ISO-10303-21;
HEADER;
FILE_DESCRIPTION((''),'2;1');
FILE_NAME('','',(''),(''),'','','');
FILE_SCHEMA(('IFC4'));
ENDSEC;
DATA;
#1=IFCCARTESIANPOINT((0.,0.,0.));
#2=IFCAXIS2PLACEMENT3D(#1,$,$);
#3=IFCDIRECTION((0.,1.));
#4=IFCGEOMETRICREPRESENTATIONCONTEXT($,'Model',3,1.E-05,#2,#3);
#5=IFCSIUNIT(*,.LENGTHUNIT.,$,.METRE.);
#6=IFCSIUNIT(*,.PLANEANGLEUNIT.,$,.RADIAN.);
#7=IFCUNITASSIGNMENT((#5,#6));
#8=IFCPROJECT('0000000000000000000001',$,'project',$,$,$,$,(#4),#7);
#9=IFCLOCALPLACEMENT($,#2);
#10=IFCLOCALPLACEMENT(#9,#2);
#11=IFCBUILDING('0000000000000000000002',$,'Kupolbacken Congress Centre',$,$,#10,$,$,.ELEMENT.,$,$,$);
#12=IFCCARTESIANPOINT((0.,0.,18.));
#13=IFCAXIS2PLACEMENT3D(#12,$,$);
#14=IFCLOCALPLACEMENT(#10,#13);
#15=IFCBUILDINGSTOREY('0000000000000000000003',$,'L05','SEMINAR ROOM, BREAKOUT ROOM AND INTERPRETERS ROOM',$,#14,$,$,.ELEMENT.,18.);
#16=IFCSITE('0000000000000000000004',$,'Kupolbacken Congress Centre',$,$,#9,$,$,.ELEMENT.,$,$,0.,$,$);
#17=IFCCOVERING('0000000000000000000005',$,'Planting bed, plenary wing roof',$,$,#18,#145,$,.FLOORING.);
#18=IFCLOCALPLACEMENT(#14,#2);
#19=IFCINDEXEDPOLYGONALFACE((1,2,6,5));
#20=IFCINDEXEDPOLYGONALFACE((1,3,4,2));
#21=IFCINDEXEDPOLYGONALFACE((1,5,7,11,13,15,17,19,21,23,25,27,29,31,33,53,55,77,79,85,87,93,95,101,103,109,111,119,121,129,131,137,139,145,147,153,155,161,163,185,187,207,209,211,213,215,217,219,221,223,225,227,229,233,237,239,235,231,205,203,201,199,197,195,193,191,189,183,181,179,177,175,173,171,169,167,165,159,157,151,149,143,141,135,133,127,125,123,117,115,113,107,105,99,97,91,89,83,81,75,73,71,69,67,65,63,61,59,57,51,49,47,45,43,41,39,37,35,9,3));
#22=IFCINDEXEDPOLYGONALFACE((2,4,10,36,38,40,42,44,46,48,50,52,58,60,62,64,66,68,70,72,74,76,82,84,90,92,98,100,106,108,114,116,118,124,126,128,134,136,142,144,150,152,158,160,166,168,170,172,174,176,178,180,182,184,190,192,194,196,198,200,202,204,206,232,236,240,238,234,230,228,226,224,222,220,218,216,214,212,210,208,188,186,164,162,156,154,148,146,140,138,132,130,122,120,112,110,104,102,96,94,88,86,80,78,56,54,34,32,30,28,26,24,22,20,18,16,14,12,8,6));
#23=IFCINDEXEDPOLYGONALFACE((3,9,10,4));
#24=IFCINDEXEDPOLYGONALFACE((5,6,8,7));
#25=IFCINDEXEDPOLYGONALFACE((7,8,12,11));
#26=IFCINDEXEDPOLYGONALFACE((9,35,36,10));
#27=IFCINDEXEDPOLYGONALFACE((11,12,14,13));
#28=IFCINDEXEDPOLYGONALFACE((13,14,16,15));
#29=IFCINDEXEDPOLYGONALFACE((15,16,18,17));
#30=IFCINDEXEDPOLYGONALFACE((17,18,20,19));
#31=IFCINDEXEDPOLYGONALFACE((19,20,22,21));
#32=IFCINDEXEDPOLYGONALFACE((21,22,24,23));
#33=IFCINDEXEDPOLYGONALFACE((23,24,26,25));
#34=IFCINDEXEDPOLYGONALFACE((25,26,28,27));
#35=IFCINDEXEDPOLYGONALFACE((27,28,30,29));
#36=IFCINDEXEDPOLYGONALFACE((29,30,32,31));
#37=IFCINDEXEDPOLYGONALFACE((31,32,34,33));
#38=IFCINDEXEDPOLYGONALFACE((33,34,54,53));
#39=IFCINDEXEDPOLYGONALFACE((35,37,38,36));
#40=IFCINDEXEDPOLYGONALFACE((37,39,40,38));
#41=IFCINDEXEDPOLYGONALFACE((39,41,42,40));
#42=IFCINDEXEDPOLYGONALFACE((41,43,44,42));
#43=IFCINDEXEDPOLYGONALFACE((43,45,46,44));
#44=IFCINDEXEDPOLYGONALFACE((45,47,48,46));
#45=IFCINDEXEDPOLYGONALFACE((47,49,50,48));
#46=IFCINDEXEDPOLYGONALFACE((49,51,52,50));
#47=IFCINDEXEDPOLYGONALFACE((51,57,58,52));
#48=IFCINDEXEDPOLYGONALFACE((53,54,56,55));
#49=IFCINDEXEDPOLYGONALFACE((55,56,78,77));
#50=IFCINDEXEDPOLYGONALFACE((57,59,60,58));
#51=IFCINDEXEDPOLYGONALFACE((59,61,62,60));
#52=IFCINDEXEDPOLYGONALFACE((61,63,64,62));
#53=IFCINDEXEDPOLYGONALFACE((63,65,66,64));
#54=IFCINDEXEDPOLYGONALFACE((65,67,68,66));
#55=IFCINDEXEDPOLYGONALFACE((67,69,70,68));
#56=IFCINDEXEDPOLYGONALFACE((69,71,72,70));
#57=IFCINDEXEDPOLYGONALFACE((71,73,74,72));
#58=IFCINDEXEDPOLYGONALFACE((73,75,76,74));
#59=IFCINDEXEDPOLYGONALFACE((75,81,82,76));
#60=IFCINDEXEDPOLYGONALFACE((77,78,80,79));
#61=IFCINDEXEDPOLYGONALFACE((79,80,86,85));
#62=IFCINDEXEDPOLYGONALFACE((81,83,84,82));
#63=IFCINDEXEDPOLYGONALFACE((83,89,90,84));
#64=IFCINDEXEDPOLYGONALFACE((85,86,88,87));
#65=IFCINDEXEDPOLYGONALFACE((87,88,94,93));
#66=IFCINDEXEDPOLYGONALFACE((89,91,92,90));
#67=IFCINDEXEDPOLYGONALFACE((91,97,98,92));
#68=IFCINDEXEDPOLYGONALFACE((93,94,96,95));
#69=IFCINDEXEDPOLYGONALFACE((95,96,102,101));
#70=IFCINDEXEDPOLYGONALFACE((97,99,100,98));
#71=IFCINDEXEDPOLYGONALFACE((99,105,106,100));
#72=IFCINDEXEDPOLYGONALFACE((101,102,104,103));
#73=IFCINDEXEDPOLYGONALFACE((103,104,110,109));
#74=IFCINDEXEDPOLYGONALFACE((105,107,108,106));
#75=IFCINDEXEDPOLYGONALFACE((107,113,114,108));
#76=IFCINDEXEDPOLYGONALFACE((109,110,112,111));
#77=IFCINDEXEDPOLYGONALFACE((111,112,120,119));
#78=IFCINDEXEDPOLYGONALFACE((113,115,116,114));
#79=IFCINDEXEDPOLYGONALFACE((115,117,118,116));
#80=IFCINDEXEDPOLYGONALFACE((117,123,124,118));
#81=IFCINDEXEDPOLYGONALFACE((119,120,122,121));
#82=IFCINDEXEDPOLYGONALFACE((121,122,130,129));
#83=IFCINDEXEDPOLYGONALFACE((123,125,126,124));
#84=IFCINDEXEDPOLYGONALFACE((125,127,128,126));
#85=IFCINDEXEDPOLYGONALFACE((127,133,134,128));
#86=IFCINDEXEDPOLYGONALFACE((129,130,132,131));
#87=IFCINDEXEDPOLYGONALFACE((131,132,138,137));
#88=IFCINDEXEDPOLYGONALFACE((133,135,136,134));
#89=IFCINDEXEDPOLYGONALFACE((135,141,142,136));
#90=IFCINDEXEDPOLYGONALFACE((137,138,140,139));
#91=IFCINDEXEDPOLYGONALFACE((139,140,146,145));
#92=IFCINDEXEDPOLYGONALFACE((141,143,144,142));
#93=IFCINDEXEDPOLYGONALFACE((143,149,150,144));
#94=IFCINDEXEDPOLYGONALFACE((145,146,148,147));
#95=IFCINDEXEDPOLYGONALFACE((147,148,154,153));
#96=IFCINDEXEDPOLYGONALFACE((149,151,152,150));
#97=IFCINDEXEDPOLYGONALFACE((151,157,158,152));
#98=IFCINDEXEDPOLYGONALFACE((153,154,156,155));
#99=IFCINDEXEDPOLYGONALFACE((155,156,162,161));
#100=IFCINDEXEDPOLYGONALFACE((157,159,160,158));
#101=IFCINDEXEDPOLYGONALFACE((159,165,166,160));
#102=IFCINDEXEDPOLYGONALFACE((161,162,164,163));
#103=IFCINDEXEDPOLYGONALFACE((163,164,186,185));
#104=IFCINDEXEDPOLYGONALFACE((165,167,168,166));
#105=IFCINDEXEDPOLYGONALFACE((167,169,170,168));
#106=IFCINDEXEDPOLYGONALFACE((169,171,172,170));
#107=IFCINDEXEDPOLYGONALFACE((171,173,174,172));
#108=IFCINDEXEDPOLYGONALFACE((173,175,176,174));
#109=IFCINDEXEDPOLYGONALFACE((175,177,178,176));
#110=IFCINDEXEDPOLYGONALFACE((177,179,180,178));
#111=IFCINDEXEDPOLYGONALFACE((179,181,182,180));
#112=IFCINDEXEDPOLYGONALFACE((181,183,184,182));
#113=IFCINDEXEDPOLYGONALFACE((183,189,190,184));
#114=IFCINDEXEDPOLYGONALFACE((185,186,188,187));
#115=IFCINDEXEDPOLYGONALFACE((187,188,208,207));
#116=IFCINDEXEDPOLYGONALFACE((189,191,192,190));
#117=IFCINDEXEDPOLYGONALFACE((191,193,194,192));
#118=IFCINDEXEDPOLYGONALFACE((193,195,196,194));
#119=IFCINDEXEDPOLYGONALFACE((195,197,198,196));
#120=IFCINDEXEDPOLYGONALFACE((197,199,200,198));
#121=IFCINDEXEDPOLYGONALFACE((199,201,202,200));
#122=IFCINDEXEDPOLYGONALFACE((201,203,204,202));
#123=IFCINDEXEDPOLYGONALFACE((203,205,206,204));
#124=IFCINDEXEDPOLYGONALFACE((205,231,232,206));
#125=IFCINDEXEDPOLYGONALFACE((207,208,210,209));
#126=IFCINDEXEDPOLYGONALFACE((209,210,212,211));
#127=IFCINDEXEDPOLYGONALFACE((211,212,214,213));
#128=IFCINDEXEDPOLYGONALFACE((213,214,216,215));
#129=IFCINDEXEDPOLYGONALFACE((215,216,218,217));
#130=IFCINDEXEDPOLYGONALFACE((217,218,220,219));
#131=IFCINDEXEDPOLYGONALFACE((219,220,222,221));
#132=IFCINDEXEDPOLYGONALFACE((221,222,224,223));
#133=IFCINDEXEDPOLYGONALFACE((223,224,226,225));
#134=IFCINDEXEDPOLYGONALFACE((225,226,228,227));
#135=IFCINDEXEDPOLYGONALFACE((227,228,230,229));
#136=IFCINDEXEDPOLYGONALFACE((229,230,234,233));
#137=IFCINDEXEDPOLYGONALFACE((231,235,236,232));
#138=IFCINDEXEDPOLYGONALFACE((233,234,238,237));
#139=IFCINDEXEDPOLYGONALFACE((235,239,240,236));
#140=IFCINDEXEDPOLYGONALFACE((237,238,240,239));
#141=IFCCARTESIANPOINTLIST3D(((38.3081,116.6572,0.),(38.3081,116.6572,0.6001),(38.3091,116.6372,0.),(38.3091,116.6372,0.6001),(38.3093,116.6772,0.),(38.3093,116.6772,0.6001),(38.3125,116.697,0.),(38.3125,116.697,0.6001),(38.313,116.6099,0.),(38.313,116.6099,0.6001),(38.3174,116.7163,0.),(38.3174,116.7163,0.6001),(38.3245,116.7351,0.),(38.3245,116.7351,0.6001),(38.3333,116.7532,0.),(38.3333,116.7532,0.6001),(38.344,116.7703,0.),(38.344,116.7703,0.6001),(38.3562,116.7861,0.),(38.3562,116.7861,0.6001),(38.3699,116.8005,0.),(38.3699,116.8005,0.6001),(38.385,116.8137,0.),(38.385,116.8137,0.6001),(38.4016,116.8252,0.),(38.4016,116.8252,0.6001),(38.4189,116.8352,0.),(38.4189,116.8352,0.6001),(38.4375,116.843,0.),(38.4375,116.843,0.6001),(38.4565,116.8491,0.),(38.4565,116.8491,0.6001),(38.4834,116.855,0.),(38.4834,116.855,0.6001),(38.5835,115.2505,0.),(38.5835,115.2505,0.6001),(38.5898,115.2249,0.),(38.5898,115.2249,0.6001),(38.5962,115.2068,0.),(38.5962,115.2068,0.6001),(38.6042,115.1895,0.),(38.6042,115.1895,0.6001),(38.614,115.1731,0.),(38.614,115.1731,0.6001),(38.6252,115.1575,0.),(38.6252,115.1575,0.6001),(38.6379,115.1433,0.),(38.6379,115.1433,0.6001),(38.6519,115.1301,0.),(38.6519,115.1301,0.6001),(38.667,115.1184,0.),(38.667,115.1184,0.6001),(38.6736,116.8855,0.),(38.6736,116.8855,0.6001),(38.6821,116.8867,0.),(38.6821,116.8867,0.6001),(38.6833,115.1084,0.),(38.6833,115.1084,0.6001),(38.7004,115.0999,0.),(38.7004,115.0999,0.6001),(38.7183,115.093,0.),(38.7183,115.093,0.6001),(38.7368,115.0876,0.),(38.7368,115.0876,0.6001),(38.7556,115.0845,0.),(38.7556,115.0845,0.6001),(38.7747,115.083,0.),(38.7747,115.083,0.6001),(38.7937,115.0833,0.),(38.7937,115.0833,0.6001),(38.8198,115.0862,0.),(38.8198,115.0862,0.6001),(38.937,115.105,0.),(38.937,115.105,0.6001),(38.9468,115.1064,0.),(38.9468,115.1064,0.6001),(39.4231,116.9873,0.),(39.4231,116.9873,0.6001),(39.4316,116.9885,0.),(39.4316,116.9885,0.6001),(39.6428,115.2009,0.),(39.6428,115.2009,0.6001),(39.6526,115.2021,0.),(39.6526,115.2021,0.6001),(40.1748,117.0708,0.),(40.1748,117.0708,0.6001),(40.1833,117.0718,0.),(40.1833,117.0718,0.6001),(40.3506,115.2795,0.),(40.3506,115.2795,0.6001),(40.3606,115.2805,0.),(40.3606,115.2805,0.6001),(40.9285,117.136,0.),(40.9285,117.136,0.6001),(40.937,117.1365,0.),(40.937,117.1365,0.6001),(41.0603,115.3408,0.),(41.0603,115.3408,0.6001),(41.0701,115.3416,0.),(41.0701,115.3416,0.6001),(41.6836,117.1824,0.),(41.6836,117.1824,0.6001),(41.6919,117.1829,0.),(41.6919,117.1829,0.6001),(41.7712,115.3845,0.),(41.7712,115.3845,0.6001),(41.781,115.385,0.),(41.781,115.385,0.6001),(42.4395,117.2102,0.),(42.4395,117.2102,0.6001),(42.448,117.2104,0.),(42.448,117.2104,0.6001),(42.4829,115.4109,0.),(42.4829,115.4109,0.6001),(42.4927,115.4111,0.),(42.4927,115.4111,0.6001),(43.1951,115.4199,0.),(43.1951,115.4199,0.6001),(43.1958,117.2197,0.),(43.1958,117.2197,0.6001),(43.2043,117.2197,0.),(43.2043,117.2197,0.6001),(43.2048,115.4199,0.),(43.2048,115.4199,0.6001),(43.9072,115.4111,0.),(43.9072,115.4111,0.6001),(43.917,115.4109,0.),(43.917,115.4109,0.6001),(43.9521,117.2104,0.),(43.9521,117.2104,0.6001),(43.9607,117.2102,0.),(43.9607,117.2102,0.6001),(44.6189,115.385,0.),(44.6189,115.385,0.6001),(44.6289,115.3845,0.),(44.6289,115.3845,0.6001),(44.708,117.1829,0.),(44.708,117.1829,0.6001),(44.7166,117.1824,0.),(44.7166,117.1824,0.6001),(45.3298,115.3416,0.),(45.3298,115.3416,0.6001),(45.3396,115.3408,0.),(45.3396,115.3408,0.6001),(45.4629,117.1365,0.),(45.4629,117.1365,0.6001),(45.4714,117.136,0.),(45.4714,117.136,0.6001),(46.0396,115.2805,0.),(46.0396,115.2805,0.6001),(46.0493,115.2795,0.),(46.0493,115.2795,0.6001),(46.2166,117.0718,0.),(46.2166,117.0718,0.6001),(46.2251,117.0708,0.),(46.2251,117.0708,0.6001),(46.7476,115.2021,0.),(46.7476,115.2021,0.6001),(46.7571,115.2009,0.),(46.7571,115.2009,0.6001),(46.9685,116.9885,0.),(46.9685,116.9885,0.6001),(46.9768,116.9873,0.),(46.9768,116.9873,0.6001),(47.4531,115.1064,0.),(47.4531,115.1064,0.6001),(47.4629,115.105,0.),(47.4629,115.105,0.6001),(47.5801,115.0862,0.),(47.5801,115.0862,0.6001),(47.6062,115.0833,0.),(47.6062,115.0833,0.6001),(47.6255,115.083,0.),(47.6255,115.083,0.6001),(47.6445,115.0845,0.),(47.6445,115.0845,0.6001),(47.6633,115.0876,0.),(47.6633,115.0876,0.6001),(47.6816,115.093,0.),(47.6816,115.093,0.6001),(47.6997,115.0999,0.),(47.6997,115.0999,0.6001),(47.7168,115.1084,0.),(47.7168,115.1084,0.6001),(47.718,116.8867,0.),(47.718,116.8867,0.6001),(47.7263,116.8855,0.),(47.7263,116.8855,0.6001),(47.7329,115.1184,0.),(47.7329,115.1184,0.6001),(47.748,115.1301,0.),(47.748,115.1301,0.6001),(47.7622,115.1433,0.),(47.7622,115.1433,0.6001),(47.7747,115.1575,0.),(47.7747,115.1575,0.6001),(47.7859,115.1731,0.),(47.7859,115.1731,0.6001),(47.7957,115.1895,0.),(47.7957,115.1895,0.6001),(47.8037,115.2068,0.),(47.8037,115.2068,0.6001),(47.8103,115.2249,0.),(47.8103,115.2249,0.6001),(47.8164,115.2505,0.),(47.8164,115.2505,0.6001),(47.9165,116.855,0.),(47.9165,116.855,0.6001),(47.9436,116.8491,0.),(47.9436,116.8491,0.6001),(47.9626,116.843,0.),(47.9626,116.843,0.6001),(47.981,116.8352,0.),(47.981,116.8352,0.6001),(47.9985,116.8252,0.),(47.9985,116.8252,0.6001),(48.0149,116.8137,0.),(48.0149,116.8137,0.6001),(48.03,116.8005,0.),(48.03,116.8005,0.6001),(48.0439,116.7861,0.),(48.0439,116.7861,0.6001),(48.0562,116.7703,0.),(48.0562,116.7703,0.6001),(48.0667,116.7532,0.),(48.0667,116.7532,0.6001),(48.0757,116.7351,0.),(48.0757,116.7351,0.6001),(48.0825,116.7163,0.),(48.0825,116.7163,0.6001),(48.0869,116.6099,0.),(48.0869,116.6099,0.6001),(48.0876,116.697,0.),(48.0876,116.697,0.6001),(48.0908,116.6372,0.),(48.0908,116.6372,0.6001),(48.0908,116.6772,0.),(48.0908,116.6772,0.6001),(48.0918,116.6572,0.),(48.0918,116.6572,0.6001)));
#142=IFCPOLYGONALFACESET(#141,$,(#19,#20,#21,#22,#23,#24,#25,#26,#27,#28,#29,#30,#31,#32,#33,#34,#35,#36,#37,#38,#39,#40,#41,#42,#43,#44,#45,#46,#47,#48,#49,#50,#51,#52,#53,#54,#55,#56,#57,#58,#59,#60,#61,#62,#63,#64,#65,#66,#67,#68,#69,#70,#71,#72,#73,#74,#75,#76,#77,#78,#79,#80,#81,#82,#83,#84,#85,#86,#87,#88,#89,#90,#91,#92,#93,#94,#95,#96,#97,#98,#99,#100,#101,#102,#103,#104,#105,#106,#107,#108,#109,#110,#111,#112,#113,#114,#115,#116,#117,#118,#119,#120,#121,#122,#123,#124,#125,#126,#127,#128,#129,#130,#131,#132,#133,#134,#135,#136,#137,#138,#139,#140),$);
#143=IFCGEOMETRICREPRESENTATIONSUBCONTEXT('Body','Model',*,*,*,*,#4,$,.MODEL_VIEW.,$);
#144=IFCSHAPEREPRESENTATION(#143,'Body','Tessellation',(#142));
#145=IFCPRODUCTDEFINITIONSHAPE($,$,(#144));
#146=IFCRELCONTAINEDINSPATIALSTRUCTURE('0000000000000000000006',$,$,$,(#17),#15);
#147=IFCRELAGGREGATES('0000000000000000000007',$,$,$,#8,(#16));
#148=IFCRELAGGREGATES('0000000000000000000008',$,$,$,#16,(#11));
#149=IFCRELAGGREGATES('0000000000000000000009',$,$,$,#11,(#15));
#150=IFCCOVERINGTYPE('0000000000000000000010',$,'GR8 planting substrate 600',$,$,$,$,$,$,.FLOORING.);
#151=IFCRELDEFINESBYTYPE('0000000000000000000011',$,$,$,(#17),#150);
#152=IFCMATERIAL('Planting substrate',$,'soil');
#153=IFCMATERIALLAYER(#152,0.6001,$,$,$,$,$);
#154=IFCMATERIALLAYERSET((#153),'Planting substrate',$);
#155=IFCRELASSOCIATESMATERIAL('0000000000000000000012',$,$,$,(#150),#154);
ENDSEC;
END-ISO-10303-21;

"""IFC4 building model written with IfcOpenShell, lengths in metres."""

from ifc_helpers import new_model, si_unit, direction, frame, origin, place, context, subcontext, project, spatial, polyline, outline, extrude, material, layer, layer_set, type_object, element, save


model = new_model("IFC4")

# Units and contexts
model_context = context("Model", 3, precision=1e-05, world=origin(), true_north=direction((0.0, 1.0)))
body_context = subcontext(model_context, "Body", "Model", "MODEL_VIEW")
ifc_project = project(units=[si_unit("LENGTHUNIT", "METRE"), si_unit("PLANEANGLEUNIT", "RADIAN")], contexts=[model_context])

# Site, building, storey
site_placement = place(None, origin())
site = spatial("IfcSite", under=ifc_project, at=site_placement, Name="Kupolbacken Congress Centre", CompositionType="ELEMENT", RefElevation=0.0)
building_placement = place(site_placement, origin())
building = spatial("IfcBuilding", under=site, at=building_placement, Name="Kupolbacken Congress Centre", CompositionType="ELEMENT")
storey_placement = place(building_placement, frame((0.0, 0.0, 18.0)))
storey = spatial("IfcBuildingStorey", under=building, at=storey_placement, Name="L05", Description="SEMINAR ROOM, BREAKOUT ROOM AND INTERPRETERS ROOM", CompositionType="ELEMENT", Elevation=18.0)

# Covering
ifc_material_1 = material(Name="Planting substrate", Category="soil")
ifc_layer_1 = layer(ifc_material_1, 0.6001)
ifc_layer_set_1 = layer_set([ifc_layer_1], Name="Planting substrate")
covering_type_1 = type_object("IfcCoveringType", Name="GR8 planting substrate 600", PredefinedType="FLOORING", material=ifc_layer_set_1)
covering_1_placement = place(storey_placement, origin())
element("IfcCovering", 1, at=covering_1_placement, inside=storey, type_object=covering_type_1, Name="Planting bed, plenary wing roof", PredefinedType="FLOORING", context=body_context, shape_type="SweptSolid", body=[
    extrude(outline(polyline([(47.4629, 115.105), (47.4531, 115.1064), (46.7571, 115.2009), (46.7476, 115.2021), (46.0493, 115.2795), (46.0396, 115.2805), (45.3396, 115.3408), (45.3298, 115.3416), (44.6289, 115.3845), (44.6189, 115.385), (43.917, 115.4109), (43.9072, 115.4111), (43.2048, 115.4199), (43.1951, 115.4199), (42.4927, 115.4111), (42.4829, 115.4109), (41.781, 115.385), (41.7712, 115.3845), (41.0701, 115.3416), (41.0603, 115.3408), (40.3606, 115.2805), (40.3506, 115.2795), (39.6526, 115.2021), (39.6428, 115.2009), (38.9468, 115.1064), (38.937, 115.105), (38.8198, 115.0862), (38.7937, 115.0833), (38.7747, 115.083), (38.7556, 115.0845), (38.7368, 115.0876), (38.7183, 115.093), (38.7004, 115.0999), (38.6833, 115.1084), (38.667, 115.1184), (38.6519, 115.1301), (38.6379, 115.1433), (38.6252, 115.1575), (38.614, 115.1731), (38.6042, 115.1895), (38.5962, 115.2068), (38.5898, 115.2249), (38.5835, 115.2505), (38.313, 116.6099), (38.3091, 116.6372), (38.3081, 116.6572), (38.3093, 116.6772), (38.3125, 116.697), (38.3174, 116.7163), (38.3245, 116.7351), (38.3333, 116.7532), (38.344, 116.7703), (38.3562, 116.7861), (38.3699, 116.8005), (38.385, 116.8137), (38.4016, 116.8252), (38.4189, 116.8352), (38.4375, 116.843), (38.4565, 116.8491), (38.4834, 116.855), (38.6736, 116.8855), (38.6821, 116.8867), (39.4231, 116.9873), (39.4316, 116.9885), (40.1748, 117.0708), (40.1833, 117.0718), (40.9285, 117.136), (40.937, 117.1365), (41.6836, 117.1824), (41.6919, 117.1829), (42.4395, 117.2102), (42.448, 117.2104), (43.1958, 117.2197), (43.2043, 117.2197), (43.9521, 117.2104), (43.9607, 117.2102), (44.708, 117.1829), (44.7166, 117.1824), (45.4629, 117.1365), (45.4714, 117.136), (46.2166, 117.0718), (46.2251, 117.0708), (46.9685, 116.9885), (46.9768, 116.9873), (47.718, 116.8867), (47.7263, 116.8855), (47.9165, 116.855), (47.9436, 116.8491), (47.9626, 116.843), (47.981, 116.8352), (47.9985, 116.8252), (48.0149, 116.8137), (48.03, 116.8005), (48.0439, 116.7861), (48.0562, 116.7703), (48.0667, 116.7532), (48.0757, 116.7351), (48.0825, 116.7163), (48.0876, 116.697), (48.0908, 116.6772), (48.0918, 116.6572), (48.0908, 116.6372), (48.0869, 116.6099), (47.8164, 115.2505), (47.8103, 115.2249), (47.8037, 115.2068), (47.7957, 115.1895), (47.7859, 115.1731), (47.7747, 115.1575), (47.7622, 115.1433), (47.748, 115.1301), (47.7329, 115.1184), (47.7168, 115.1084), (47.6997, 115.0999), (47.6816, 115.093), (47.6633, 115.0876), (47.6445, 115.0845), (47.6255, 115.083), (47.6062, 115.0833), (47.5801, 115.0862), (47.4629, 115.105)])), origin(), (0.0, 0.0, 1.0), 0.6001),
])

save(model, "model.ifc")
